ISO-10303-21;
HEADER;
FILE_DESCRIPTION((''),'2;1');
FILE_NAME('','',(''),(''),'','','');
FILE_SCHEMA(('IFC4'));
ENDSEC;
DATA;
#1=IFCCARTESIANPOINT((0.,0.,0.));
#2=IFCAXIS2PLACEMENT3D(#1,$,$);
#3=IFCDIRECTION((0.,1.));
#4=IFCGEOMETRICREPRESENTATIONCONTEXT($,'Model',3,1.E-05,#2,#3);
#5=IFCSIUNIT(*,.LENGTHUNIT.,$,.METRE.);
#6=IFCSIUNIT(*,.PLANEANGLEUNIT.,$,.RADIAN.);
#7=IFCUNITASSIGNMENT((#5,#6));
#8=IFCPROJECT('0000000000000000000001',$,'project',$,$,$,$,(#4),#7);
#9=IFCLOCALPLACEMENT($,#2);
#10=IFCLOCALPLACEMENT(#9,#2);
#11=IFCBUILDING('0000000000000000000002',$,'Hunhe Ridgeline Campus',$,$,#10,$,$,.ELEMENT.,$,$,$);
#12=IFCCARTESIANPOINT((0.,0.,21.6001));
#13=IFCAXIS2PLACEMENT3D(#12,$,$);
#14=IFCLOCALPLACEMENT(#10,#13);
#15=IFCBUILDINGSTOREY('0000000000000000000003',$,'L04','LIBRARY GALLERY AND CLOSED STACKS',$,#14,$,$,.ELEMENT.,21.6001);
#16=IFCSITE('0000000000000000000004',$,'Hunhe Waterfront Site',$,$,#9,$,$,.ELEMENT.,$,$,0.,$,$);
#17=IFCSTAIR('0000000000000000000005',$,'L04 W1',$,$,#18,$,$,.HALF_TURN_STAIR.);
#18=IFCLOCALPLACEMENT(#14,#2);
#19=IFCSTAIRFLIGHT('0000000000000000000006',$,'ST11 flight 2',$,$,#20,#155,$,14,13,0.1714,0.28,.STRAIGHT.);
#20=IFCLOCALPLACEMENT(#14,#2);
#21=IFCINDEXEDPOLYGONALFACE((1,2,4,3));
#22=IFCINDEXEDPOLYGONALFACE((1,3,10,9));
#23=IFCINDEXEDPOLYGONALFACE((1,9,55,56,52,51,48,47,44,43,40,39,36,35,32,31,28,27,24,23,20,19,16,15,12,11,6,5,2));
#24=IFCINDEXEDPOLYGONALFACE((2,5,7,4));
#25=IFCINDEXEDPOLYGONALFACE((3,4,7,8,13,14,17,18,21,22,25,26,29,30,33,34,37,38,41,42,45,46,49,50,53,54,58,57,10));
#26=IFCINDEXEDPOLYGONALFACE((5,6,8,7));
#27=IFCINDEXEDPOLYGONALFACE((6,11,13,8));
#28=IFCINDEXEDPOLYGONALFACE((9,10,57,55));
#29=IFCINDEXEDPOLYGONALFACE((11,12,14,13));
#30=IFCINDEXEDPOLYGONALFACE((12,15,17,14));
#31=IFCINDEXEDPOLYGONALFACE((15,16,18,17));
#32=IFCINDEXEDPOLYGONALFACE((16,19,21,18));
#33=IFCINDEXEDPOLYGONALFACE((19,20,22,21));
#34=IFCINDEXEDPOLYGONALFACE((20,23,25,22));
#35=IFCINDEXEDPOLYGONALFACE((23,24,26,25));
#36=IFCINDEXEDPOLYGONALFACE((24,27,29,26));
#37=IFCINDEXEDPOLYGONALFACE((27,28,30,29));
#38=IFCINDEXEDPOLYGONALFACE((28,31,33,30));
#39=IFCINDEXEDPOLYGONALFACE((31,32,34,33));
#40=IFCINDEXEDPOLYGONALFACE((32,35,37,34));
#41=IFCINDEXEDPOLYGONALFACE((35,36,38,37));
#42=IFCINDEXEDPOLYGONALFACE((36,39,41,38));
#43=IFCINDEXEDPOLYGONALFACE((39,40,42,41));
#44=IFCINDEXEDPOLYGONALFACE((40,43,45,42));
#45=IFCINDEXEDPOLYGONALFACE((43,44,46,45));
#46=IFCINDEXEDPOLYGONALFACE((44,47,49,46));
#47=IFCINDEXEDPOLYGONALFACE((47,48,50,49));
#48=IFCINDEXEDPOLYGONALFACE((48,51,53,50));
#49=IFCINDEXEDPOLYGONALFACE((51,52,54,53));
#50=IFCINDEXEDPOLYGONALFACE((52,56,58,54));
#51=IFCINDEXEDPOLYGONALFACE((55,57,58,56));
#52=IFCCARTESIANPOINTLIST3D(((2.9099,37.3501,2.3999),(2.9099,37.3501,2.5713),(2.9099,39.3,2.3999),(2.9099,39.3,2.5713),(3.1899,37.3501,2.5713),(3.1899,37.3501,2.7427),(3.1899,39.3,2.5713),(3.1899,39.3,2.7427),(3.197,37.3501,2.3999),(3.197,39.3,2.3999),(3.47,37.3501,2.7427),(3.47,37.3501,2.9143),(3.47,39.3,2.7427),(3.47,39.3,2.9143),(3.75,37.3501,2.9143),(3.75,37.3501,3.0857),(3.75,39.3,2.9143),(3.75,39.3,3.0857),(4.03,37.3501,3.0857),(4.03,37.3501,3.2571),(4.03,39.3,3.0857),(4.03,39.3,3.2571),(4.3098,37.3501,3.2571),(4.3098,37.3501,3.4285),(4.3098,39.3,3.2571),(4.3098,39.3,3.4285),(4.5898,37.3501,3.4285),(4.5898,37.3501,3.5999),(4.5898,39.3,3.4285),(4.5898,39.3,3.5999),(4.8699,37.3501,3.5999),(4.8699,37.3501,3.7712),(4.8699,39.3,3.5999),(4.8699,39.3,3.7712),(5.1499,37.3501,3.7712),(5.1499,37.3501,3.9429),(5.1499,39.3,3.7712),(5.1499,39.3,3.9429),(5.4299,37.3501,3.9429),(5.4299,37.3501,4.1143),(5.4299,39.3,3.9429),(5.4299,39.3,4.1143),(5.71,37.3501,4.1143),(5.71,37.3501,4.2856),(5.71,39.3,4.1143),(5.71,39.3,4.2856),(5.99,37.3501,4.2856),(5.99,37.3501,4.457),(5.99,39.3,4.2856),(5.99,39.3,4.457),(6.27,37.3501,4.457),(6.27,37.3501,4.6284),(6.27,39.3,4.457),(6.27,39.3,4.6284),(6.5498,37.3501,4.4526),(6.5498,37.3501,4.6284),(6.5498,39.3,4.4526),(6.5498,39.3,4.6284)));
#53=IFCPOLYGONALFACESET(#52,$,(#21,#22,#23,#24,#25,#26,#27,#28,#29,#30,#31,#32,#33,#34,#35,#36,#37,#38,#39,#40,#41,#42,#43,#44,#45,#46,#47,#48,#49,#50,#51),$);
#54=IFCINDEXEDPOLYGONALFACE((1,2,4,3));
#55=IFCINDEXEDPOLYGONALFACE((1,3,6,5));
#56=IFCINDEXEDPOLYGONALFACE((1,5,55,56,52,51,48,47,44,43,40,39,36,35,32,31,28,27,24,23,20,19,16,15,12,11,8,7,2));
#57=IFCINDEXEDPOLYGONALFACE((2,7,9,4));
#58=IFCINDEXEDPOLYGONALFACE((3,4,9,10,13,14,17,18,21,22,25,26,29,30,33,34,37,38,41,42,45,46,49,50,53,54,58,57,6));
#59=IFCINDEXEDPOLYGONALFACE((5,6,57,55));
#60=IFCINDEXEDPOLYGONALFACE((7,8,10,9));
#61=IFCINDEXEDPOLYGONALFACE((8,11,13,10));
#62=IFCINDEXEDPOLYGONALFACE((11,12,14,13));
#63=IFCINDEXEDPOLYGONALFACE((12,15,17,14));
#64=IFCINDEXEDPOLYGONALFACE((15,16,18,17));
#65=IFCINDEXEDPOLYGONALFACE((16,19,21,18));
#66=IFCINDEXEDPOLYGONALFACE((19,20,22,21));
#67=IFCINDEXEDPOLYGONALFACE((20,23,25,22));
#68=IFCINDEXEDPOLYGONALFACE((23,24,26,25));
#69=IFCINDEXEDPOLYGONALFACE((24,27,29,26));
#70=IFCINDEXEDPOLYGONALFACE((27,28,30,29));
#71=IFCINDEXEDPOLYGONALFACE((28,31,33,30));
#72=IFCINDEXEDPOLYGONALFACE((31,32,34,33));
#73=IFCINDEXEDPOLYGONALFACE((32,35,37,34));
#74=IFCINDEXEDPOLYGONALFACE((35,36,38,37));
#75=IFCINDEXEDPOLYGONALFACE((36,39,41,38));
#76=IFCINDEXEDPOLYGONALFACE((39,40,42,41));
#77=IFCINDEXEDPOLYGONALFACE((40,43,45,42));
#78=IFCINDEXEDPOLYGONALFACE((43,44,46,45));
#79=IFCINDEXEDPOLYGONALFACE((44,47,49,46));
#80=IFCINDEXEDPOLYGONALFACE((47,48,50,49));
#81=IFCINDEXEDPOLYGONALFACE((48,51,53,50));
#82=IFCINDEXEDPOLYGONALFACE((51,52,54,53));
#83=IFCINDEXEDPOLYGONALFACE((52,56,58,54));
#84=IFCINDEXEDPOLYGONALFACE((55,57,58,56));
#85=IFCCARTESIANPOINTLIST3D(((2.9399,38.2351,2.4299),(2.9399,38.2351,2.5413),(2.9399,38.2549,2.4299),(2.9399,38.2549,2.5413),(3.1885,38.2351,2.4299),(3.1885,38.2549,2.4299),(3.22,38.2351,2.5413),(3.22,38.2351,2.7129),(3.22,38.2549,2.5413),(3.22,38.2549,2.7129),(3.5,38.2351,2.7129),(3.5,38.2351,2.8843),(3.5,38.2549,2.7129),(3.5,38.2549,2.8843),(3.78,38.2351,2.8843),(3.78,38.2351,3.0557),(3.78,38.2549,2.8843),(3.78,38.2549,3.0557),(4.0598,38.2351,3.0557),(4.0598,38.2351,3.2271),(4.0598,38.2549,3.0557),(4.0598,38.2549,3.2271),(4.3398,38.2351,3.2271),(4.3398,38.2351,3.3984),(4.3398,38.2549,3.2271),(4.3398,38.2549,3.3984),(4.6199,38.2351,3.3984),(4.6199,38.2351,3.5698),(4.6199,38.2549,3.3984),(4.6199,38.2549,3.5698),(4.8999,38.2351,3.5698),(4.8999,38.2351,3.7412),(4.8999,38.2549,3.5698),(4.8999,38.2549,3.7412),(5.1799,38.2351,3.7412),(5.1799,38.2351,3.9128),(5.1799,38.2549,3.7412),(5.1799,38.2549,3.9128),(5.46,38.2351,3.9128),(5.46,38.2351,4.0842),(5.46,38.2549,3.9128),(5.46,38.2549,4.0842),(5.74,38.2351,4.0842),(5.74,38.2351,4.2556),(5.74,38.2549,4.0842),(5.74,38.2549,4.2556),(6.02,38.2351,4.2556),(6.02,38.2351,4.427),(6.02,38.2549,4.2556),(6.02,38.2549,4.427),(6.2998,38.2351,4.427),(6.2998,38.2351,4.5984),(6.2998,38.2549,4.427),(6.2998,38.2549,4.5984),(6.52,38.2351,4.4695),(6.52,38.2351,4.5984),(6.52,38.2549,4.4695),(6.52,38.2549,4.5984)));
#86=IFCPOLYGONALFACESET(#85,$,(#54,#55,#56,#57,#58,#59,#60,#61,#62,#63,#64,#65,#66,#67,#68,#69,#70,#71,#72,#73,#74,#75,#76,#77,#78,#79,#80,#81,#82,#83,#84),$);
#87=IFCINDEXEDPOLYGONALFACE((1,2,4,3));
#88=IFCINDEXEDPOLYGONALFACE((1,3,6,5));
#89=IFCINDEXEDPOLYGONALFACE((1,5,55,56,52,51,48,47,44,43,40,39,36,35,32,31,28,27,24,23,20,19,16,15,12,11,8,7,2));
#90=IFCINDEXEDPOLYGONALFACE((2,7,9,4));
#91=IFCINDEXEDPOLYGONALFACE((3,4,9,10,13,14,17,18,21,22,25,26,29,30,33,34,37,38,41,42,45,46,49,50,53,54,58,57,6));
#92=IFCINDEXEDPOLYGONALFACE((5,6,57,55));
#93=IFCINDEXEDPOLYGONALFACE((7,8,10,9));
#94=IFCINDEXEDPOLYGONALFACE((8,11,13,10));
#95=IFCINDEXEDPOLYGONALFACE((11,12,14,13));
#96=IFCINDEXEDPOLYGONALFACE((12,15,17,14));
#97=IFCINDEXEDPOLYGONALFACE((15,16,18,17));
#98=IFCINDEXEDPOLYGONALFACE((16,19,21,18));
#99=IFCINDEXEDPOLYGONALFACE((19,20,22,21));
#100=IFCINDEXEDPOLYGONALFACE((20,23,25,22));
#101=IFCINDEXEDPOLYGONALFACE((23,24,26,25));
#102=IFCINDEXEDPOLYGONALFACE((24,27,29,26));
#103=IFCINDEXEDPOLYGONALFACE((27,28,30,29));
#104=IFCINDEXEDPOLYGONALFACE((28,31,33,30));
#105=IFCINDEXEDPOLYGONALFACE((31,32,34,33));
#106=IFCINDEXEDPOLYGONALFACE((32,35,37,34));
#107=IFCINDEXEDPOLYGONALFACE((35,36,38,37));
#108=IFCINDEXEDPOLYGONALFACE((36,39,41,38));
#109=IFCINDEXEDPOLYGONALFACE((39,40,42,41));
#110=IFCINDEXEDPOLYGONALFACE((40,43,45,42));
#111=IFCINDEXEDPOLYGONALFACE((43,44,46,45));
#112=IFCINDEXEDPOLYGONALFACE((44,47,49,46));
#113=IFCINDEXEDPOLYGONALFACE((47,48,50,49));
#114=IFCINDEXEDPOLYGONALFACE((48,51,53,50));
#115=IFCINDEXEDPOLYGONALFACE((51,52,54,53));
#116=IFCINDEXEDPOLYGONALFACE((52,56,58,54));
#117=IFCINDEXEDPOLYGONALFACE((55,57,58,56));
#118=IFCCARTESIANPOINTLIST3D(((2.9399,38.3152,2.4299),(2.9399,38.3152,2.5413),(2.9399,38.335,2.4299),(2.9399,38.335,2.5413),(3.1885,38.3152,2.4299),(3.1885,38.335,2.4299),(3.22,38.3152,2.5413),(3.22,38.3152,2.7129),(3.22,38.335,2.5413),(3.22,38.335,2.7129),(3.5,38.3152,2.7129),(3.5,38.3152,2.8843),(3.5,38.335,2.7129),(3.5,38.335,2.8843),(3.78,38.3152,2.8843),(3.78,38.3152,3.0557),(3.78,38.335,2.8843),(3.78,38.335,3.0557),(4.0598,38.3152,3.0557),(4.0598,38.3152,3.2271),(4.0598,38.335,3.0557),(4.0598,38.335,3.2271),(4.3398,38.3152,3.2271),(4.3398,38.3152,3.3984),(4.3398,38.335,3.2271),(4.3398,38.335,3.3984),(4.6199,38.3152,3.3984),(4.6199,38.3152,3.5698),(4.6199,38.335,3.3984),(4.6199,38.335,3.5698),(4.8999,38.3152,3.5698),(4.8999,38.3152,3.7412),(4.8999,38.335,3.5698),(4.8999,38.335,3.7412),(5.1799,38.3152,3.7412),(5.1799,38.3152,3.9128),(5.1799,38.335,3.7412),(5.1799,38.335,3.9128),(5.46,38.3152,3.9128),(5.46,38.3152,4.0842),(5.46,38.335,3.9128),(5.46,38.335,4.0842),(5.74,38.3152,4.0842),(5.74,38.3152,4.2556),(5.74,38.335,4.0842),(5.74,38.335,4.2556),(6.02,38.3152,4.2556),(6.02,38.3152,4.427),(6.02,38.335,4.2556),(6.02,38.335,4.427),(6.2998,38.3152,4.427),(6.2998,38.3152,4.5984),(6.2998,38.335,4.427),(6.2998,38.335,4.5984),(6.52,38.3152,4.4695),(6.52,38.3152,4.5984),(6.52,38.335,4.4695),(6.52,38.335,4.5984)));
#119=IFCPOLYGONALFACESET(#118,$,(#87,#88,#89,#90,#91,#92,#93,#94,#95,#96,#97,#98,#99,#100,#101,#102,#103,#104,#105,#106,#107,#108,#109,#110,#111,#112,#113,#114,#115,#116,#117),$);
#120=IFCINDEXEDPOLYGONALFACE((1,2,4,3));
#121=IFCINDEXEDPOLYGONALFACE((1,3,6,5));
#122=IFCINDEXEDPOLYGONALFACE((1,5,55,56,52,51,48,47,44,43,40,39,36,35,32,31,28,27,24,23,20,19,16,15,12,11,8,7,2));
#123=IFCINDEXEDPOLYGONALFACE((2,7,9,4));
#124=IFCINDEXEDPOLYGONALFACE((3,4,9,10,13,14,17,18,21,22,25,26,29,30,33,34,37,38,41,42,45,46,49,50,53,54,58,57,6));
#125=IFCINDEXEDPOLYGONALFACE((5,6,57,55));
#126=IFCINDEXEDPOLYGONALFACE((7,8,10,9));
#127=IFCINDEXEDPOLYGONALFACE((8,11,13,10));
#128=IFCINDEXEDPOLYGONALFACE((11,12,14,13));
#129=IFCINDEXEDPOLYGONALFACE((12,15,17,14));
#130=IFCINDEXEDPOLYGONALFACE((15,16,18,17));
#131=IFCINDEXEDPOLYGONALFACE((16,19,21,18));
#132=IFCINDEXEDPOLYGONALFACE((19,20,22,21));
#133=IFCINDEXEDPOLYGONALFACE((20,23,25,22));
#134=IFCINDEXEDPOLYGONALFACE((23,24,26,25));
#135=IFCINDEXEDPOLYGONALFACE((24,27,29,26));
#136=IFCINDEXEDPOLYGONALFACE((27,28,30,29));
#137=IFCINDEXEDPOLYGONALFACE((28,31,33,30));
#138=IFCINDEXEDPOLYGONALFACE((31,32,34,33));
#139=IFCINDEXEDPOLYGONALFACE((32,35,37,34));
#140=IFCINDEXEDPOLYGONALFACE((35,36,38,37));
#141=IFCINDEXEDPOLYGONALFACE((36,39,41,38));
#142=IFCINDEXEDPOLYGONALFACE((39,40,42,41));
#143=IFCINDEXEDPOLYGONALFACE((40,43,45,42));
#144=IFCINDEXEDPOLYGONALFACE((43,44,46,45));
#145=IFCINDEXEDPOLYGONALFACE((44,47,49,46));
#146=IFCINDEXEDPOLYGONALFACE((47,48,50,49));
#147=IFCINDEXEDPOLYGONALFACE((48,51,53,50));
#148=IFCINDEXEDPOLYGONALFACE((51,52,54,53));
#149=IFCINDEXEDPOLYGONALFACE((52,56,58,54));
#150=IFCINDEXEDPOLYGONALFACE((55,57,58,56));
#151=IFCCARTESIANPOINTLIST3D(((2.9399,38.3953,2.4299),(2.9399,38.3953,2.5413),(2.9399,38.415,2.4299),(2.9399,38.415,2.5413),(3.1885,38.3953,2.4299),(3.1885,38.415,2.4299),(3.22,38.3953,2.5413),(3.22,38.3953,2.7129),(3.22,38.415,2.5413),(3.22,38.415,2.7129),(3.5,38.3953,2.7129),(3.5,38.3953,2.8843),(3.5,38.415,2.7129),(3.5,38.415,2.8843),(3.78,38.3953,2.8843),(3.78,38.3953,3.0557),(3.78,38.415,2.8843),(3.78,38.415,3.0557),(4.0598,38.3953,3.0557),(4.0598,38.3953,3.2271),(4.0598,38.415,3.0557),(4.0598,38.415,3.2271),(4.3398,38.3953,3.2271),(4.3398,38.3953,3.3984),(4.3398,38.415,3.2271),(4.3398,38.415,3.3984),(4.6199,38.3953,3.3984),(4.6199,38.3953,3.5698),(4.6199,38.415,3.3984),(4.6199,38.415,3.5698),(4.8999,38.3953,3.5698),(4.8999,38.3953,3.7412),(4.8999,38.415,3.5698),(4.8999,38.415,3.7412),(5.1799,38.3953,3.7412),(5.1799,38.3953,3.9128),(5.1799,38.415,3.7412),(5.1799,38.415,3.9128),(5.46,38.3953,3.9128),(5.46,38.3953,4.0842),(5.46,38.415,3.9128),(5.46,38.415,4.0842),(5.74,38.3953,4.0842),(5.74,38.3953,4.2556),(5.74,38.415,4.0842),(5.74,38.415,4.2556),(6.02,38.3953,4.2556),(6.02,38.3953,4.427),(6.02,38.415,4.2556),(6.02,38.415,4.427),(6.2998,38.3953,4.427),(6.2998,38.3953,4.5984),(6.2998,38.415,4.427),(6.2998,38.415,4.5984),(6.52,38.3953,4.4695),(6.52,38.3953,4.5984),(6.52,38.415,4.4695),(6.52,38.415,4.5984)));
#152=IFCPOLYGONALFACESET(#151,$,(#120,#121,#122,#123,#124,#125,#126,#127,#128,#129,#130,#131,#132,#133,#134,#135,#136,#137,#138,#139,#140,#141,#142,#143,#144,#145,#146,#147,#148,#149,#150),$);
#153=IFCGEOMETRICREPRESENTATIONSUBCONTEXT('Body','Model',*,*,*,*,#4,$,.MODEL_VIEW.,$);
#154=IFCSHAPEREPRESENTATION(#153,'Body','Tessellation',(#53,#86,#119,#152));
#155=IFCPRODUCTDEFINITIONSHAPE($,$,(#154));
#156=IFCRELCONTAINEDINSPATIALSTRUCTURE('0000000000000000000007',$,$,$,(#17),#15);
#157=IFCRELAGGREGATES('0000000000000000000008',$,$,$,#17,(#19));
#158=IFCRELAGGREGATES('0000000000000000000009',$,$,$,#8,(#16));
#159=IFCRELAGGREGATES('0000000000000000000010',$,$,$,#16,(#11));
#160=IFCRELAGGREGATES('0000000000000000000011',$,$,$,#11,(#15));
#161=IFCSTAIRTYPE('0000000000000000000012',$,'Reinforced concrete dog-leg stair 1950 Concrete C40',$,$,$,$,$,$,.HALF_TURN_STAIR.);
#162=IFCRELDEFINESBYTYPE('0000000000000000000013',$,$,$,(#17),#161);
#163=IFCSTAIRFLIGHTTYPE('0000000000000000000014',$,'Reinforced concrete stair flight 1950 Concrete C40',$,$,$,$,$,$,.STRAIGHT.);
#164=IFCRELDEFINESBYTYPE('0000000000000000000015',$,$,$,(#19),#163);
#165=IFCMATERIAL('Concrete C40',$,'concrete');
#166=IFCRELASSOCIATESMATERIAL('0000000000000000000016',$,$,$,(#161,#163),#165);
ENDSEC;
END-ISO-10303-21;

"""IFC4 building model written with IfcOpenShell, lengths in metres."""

from ifc_helpers import new_model, si_unit, direction, frame, origin, place, context, subcontext, project, spatial, polyline, outline, extrude, material, type_object, element, aggregate, save


model = new_model("IFC4")

# Units and contexts
model_context = context("Model", 3, precision=1e-05, world=origin(), true_north=direction((0.0, 1.0)))
body_context = subcontext(model_context, "Body", "Model", "MODEL_VIEW")
ifc_project = project(units=[si_unit("LENGTHUNIT", "METRE"), si_unit("PLANEANGLEUNIT", "RADIAN")], contexts=[model_context])

# Site, building, storey
site_placement = place(None, origin())
site = spatial("IfcSite", under=ifc_project, at=site_placement, Name="Hunhe Waterfront Site", CompositionType="ELEMENT", RefElevation=0.0)
building_placement = place(site_placement, origin())
building = spatial("IfcBuilding", under=site, at=building_placement, Name="Hunhe Ridgeline Campus", CompositionType="ELEMENT")
storey_placement = place(building_placement, frame((0.0, 0.0, 21.6001)))
storey = spatial("IfcBuildingStorey", under=building, at=storey_placement, Name="L04", Description="LIBRARY GALLERY AND CLOSED STACKS", CompositionType="ELEMENT", Elevation=21.6001)

# Stair, stair flight
ifc_material_1 = material(Name="Concrete C40", Category="concrete")
stair_type = type_object("IfcStairType", Name="Reinforced concrete dog-leg stair 1950 Concrete C40", PredefinedType="HALF_TURN_STAIR", material=ifc_material_1)
stair_1_placement = place(storey_placement, origin())
stair_1 = element("IfcStair", 1, at=stair_1_placement, inside=storey, type_object=stair_type, Name="L04 W1", PredefinedType="HALF_TURN_STAIR")
stair_flight_type = type_object("IfcStairFlightType", Name="Reinforced concrete stair flight 1950 Concrete C40", PredefinedType="STRAIGHT", material=ifc_material_1)
stair_flight_1_placement = place(storey_placement, frame((2.9099, 38.325, 2.3999), z_axis=(0.0, 0.0, 1.0), x_axis=(1.0, 0.0, 0.0)))
stair_flight_1 = element("IfcStairFlight", 2, at=stair_flight_1_placement, type_object=stair_flight_type, Name="ST11 flight 2", NumberOfRisers=14, NumberOfTreads=13, PredefinedType="STRAIGHT", RiserHeight=0.1714, TreadLength=0.28, context=body_context, shape_type="SweptSolid", body=[
    extrude(outline(polyline([(0.0, 0.0), (0.0, 0.1714), (0.28, 0.1714), (0.28, 0.3428), (0.5601, 0.3428), (0.5601, 0.5144), (0.8401, 0.5144), (0.8401, 0.6858), (1.1201, 0.6858), (1.1201, 0.8572), (1.3999, 0.8572), (1.3999, 1.0286), (1.6799, 1.0286), (1.6799, 1.2), (1.96, 1.2), (1.96, 1.3713), (2.24, 1.3713), (2.24, 1.543), (2.52, 1.543), (2.52, 1.7144), (2.8, 1.7144), (2.8, 1.8857), (3.0801, 1.8857), (3.0801, 2.0571), (3.3601, 2.0571), (3.3601, 2.2285), (3.6399, 2.2285), (3.6399, 2.3999), (3.6399, 2.0527), (0.2871, 0.0), (0.0, 0.0)])), frame((0.0, 0.9751, 0.0), z_axis=(0.0, -1.0, 0.0), x_axis=(1.0, 0.0, 0.0)), (0.0, 0.0, 1.0), 1.95),
    extrude(outline(polyline([(0.03, 0.03), (0.03, 0.1414), (0.3101, 0.1414), (0.3101, 0.313), (0.5901, 0.313), (0.5901, 0.4844), (0.8701, 0.4844), (0.8701, 0.6558), (1.1499, 0.6558), (1.1499, 0.8271), (1.4299, 0.8271), (1.4299, 0.9985), (1.71, 0.9985), (1.71, 1.1699), (1.99, 1.1699), (1.99, 1.3413), (2.27, 1.3413), (2.27, 1.5129), (2.55, 1.5129), (2.55, 1.6843), (2.8301, 1.6843), (2.8301, 1.8557), (3.1101, 1.8557), (3.1101, 2.0271), (3.3899, 2.0271), (3.3899, 2.1985), (3.6101, 2.1985), (3.6101, 2.0696), (0.2786, 0.03), (0.03, 0.03)])), frame((0.0, -0.0701, 0.0), z_axis=(0.0, -1.0, 0.0), x_axis=(1.0, 0.0, 0.0)), (0.0, 0.0, 1.0), 0.0198),
    extrude(outline(polyline([(0.03, 0.03), (0.03, 0.1414), (0.3101, 0.1414), (0.3101, 0.313), (0.5901, 0.313), (0.5901, 0.4844), (0.8701, 0.4844), (0.8701, 0.6558), (1.1499, 0.6558), (1.1499, 0.8271), (1.4299, 0.8271), (1.4299, 0.9985), (1.71, 0.9985), (1.71, 1.1699), (1.99, 1.1699), (1.99, 1.3413), (2.27, 1.3413), (2.27, 1.5129), (2.55, 1.5129), (2.55, 1.6843), (2.8301, 1.6843), (2.8301, 1.8557), (3.1101, 1.8557), (3.1101, 2.0271), (3.3899, 2.0271), (3.3899, 2.1985), (3.6101, 2.1985), (3.6101, 2.0696), (0.2786, 0.03), (0.03, 0.03)])), frame((0.0, 0.01, 0.0), z_axis=(0.0, -1.0, 0.0), x_axis=(1.0, 0.0, 0.0)), (0.0, 0.0, 1.0), 0.0198),
    extrude(outline(polyline([(0.03, 0.03), (0.03, 0.1414), (0.3101, 0.1414), (0.3101, 0.313), (0.5901, 0.313), (0.5901, 0.4844), (0.8701, 0.4844), (0.8701, 0.6558), (1.1499, 0.6558), (1.1499, 0.8271), (1.4299, 0.8271), (1.4299, 0.9985), (1.71, 0.9985), (1.71, 1.1699), (1.99, 1.1699), (1.99, 1.3413), (2.27, 1.3413), (2.27, 1.5129), (2.55, 1.5129), (2.55, 1.6843), (2.8301, 1.6843), (2.8301, 1.8557), (3.1101, 1.8557), (3.1101, 2.0271), (3.3899, 2.0271), (3.3899, 2.1985), (3.6101, 2.1985), (3.6101, 2.0696), (0.2786, 0.03), (0.03, 0.03)])), frame((0.0, 0.0901, 0.0), z_axis=(0.0, -1.0, 0.0), x_axis=(1.0, 0.0, 0.0)), (0.0, 0.0, 1.0), 0.0198),
])
aggregate(stair_1, [stair_flight_1])

save(model, "model.ifc")
